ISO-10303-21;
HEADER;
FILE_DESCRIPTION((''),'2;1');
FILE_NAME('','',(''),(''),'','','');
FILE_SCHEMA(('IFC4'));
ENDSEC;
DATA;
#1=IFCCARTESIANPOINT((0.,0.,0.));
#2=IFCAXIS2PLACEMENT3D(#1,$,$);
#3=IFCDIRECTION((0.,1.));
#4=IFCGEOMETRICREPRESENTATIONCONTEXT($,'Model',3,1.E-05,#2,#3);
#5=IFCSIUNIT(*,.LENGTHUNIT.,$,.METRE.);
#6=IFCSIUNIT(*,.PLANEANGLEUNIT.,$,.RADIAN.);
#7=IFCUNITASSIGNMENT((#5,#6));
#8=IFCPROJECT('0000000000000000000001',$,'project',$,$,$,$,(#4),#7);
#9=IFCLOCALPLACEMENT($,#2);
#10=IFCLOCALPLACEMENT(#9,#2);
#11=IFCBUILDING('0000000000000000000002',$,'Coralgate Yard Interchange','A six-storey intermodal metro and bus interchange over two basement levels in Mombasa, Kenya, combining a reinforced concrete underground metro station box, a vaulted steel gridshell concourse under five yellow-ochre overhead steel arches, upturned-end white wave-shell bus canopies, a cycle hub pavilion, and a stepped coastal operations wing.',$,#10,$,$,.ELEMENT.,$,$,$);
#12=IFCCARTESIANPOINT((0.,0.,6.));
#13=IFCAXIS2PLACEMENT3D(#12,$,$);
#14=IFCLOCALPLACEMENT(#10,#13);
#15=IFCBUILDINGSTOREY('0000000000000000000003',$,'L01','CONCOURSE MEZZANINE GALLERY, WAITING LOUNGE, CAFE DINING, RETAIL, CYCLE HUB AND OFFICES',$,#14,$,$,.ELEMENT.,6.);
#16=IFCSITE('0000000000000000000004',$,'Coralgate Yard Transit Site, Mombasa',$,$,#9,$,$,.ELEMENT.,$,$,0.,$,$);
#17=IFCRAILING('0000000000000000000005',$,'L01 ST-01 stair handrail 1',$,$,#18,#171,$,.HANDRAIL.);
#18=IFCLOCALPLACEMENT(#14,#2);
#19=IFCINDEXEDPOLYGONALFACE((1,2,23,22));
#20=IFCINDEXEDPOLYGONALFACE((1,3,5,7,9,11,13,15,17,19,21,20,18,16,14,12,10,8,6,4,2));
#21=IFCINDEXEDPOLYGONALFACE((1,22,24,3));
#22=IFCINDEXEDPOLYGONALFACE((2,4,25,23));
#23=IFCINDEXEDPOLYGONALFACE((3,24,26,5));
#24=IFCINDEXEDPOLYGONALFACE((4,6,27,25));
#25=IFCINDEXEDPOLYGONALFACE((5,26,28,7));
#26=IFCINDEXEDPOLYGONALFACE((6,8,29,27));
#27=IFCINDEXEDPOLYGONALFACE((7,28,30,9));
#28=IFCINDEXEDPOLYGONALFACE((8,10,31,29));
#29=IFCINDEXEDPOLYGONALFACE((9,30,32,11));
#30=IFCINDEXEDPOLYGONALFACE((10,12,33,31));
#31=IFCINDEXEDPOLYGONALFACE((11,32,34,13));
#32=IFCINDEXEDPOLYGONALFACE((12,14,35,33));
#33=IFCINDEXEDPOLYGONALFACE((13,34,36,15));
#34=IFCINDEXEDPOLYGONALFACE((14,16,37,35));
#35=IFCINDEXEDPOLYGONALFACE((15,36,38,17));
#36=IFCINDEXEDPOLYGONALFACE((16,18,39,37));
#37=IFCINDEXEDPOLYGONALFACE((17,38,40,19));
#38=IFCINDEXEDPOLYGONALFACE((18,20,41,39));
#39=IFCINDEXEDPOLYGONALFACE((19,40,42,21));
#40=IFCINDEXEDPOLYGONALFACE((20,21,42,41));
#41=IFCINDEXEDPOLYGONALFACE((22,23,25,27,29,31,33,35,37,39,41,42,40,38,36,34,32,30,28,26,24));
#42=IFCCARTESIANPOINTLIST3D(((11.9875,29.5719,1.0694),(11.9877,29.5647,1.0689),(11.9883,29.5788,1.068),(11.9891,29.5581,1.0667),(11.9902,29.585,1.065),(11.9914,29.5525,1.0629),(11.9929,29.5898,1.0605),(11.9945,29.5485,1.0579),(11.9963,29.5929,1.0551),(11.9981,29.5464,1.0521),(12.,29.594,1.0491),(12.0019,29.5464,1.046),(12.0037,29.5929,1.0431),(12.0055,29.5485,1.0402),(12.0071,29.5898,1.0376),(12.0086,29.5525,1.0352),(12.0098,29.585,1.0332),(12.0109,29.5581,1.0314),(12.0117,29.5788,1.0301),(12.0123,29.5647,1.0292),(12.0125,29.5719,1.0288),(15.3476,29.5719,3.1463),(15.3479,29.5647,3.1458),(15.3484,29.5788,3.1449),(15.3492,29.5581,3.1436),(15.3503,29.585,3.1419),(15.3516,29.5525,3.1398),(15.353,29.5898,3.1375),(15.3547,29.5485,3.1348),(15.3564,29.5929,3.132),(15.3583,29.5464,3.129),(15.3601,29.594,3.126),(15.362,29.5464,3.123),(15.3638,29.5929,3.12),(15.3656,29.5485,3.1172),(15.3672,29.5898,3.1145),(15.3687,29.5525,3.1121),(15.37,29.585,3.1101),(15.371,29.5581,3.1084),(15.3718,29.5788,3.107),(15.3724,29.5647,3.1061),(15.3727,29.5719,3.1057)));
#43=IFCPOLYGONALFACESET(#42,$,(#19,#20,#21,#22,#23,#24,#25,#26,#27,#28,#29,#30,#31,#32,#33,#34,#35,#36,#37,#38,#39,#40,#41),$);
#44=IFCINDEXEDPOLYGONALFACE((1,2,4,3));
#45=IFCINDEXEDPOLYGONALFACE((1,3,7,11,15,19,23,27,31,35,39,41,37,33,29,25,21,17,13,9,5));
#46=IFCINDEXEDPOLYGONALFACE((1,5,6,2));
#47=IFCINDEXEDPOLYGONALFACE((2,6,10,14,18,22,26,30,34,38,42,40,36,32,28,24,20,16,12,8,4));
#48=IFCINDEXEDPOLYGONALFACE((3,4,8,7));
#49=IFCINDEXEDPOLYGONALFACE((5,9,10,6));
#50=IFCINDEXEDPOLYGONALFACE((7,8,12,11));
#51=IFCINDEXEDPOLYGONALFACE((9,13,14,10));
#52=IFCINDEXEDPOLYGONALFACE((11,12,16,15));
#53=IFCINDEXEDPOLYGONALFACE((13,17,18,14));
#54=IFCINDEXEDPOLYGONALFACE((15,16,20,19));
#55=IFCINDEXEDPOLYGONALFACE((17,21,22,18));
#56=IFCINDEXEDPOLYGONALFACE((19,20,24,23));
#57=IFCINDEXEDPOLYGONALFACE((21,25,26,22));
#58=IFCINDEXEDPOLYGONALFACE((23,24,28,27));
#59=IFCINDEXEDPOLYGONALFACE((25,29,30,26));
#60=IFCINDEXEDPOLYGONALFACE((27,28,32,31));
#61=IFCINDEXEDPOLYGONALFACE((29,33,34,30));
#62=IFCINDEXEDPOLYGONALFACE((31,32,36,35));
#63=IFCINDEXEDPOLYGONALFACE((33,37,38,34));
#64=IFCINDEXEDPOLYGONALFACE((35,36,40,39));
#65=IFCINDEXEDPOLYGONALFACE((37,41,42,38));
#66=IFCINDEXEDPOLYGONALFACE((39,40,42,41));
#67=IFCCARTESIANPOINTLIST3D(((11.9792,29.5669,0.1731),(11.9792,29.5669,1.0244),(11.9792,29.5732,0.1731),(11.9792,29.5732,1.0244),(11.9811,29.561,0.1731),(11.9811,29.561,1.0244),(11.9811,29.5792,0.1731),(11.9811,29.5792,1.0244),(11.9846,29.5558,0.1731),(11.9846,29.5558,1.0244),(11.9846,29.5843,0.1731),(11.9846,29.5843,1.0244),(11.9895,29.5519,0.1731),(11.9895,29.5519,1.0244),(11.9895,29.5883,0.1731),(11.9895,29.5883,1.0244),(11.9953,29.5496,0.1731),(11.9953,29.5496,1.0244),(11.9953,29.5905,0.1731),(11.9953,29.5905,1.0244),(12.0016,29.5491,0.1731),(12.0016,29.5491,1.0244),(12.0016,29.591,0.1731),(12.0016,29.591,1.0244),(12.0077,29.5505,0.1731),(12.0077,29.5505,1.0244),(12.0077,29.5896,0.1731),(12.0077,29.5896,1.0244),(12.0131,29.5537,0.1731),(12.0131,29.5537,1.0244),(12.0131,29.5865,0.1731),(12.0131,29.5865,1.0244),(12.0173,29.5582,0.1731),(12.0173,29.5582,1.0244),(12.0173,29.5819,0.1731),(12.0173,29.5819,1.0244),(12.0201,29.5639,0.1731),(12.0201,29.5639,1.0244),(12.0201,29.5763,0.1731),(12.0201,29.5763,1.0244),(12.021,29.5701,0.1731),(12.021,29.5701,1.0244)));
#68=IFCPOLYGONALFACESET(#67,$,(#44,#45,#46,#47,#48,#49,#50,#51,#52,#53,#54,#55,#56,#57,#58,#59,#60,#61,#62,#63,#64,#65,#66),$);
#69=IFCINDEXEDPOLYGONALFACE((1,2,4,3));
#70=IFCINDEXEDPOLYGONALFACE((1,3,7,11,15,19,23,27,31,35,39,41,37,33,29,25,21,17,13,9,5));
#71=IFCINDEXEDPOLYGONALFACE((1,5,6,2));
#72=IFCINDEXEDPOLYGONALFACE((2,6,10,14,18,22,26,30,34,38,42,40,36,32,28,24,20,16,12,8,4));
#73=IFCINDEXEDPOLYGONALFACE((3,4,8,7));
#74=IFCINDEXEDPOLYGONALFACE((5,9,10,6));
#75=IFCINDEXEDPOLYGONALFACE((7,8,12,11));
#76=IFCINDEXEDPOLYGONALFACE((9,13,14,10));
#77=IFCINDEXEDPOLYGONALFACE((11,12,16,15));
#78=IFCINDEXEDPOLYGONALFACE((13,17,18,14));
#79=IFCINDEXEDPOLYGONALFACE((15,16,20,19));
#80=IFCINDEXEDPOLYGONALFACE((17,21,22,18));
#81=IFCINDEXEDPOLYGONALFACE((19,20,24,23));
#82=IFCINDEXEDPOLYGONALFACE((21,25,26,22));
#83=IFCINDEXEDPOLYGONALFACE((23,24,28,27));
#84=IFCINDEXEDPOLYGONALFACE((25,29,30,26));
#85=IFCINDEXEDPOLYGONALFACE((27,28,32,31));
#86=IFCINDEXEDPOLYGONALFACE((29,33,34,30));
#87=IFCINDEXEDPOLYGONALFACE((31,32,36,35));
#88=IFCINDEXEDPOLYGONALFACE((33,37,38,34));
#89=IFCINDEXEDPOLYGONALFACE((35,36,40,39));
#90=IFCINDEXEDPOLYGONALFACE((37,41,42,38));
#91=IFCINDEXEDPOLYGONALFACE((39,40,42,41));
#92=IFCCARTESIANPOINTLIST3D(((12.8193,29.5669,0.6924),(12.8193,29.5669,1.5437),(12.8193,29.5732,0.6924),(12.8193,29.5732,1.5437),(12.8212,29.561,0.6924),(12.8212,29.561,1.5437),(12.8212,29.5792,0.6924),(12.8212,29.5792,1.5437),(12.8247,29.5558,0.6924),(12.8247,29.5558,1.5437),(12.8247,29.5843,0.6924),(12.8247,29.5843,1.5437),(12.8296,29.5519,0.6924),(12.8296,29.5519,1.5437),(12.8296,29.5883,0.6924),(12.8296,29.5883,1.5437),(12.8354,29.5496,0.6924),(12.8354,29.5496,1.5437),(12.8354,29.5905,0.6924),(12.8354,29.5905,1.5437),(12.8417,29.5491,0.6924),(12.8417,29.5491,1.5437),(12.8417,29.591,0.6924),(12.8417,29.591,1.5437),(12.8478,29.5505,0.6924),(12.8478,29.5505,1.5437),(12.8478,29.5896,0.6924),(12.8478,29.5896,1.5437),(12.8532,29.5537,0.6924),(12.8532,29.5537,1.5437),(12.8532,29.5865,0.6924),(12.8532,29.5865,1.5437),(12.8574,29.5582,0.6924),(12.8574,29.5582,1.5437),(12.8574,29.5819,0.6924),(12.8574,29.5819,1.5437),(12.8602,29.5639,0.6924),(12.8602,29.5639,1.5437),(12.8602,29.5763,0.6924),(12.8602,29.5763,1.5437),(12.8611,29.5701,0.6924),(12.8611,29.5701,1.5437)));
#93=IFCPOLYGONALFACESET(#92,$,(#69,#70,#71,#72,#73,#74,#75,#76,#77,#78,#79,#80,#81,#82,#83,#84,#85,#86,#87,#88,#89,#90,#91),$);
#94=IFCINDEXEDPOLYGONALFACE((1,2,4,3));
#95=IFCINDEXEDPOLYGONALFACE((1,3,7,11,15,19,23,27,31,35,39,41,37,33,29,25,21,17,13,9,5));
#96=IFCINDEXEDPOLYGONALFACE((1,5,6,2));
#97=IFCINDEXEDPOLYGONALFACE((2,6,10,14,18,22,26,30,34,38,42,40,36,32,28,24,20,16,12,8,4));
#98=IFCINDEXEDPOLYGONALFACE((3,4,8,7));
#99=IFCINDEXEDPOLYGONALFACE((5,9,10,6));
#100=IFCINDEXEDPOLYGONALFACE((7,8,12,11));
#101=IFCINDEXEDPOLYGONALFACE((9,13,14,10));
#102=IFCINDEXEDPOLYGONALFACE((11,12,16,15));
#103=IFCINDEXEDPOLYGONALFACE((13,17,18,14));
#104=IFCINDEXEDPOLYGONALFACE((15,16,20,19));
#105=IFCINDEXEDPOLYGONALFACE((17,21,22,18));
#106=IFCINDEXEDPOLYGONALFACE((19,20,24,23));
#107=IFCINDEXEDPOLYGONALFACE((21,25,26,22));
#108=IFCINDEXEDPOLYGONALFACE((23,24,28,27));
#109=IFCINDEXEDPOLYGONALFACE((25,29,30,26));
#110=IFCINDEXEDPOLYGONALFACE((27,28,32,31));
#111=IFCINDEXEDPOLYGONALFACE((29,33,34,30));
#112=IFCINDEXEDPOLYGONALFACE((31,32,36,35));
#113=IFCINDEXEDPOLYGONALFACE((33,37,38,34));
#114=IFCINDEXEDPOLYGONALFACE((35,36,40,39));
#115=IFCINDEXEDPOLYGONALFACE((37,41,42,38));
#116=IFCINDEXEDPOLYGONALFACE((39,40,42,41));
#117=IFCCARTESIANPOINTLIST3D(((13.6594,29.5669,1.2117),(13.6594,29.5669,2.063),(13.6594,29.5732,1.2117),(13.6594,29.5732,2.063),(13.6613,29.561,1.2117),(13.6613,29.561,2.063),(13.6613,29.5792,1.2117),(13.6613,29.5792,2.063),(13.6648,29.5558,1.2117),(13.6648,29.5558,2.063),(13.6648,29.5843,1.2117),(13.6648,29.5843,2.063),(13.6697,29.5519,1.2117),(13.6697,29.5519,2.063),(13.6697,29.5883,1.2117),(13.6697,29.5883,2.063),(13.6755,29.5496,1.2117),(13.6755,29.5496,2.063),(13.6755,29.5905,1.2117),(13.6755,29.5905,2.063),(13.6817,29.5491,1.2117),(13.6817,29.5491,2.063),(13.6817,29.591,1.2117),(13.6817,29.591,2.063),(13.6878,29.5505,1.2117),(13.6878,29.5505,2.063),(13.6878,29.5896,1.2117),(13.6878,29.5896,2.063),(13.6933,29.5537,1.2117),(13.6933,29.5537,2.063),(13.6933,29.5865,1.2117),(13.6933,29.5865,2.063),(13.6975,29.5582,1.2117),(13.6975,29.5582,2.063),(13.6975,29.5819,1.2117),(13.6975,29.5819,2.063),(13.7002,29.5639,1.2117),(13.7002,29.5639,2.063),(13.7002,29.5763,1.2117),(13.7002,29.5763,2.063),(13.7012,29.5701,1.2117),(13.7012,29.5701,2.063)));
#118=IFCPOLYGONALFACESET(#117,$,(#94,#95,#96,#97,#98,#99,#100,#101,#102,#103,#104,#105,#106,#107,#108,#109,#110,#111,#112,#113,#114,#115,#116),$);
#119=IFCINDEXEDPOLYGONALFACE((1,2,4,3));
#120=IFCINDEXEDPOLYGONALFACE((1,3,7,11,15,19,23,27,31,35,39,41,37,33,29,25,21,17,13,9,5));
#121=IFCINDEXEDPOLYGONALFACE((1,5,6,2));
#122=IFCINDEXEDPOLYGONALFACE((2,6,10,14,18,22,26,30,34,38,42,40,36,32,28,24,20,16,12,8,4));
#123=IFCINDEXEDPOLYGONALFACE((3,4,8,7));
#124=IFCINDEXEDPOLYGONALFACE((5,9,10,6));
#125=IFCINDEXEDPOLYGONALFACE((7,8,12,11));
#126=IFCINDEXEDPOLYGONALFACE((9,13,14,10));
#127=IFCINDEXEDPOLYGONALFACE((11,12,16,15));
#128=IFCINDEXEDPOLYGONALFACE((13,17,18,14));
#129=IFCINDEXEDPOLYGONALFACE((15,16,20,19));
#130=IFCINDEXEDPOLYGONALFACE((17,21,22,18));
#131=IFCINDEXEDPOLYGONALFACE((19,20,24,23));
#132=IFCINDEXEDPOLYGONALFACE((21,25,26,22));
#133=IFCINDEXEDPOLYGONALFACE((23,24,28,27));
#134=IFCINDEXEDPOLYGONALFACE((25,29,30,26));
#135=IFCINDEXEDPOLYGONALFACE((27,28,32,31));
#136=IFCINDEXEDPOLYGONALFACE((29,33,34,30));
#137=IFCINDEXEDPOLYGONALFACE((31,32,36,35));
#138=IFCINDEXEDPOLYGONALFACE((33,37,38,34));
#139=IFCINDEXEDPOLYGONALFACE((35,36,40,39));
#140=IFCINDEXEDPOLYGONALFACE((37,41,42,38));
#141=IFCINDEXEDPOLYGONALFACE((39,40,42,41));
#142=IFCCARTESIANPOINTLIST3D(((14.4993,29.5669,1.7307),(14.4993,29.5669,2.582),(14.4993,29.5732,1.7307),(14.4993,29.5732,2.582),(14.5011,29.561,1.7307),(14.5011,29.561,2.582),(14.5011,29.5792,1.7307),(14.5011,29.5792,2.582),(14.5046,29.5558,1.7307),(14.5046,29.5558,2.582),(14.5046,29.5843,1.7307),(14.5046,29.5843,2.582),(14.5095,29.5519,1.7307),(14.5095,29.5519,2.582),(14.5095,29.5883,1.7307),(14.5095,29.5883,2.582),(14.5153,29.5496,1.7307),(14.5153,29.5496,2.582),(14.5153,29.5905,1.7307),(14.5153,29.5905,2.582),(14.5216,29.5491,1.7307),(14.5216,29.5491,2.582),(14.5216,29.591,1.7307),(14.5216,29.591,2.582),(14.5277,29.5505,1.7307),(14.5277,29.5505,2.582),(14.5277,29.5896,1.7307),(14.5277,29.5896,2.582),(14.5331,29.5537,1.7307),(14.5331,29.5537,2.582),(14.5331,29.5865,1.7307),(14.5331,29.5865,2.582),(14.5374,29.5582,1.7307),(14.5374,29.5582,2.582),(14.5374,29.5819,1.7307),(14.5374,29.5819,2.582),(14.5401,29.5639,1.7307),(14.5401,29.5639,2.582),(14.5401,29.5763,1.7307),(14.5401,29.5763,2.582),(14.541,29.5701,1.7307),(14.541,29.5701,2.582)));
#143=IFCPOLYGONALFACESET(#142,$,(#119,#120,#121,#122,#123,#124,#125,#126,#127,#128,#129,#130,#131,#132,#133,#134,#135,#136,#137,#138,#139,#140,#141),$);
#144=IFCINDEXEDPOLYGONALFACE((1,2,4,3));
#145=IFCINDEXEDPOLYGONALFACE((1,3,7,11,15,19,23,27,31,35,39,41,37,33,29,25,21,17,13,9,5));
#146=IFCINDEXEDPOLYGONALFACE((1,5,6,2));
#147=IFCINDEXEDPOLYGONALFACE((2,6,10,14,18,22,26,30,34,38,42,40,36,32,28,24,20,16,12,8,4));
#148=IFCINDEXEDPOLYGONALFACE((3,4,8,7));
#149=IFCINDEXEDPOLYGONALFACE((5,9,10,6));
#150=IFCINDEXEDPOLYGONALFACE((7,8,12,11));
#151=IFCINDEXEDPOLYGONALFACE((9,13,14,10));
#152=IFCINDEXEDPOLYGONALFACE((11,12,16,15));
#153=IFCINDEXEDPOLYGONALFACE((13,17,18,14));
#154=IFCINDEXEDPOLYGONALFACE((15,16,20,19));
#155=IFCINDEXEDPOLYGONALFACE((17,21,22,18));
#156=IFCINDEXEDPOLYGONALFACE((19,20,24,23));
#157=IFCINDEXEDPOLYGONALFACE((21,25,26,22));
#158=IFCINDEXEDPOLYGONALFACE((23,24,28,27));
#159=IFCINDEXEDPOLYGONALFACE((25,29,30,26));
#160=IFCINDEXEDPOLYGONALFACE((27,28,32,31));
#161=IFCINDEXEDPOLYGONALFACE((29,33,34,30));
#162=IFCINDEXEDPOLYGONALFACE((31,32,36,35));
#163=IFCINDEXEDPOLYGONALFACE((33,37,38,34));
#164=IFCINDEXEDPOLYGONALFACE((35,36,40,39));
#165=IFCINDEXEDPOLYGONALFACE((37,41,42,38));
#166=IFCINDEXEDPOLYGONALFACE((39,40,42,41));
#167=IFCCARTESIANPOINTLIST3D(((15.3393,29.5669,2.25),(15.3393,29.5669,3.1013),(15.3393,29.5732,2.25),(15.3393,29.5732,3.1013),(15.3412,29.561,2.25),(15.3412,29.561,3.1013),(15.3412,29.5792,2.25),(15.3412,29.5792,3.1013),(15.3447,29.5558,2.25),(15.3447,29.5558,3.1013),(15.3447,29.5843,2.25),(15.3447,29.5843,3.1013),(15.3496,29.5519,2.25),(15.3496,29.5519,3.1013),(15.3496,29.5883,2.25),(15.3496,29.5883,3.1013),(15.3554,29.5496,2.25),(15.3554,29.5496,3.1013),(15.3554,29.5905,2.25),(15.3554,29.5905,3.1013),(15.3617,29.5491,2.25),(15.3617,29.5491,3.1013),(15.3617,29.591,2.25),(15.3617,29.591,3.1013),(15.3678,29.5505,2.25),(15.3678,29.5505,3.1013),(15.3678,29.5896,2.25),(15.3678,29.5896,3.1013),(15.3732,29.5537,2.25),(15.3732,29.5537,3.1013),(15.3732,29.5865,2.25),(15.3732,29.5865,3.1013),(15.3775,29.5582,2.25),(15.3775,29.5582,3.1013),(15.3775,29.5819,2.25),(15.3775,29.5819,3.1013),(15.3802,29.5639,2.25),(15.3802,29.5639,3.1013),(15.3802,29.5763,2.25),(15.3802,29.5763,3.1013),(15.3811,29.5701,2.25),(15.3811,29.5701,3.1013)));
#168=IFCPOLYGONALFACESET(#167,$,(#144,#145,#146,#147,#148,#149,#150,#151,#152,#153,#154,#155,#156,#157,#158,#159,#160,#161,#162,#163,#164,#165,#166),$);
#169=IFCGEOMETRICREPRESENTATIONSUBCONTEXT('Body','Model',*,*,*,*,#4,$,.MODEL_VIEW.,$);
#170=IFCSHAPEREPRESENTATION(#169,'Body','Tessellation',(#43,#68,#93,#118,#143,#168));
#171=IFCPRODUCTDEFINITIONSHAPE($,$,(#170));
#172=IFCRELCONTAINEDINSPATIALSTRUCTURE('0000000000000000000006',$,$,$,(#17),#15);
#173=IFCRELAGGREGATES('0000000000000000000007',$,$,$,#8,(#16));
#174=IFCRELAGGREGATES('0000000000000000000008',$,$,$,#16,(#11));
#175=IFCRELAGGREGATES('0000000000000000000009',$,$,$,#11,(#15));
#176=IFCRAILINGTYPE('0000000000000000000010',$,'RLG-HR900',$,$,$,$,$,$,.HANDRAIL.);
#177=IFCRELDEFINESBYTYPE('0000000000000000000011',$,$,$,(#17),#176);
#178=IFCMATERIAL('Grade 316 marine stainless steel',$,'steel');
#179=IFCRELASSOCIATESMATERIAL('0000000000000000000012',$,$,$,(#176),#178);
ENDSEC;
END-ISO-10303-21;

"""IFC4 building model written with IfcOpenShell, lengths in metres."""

from ifc_helpers import new_model, si_unit, direction, frame, origin, origin_2d, place, context, subcontext, project, spatial, circle, extrude, material, type_object, element, save


model = new_model("IFC4")

# Units and contexts
model_context = context("Model", 3, precision=1e-05, world=origin(), true_north=direction((0.0, 1.0)))
body_context = subcontext(model_context, "Body", "Model", "MODEL_VIEW")
ifc_project = project(units=[si_unit("LENGTHUNIT", "METRE"), si_unit("PLANEANGLEUNIT", "RADIAN")], contexts=[model_context])

# Site, building, storey
site_placement = place(None, origin())
site = spatial("IfcSite", under=ifc_project, at=site_placement, Name="Coralgate Yard Transit Site, Mombasa", CompositionType="ELEMENT", RefElevation=0.0)
building_placement = place(site_placement, origin())
building = spatial("IfcBuilding", under=site, at=building_placement, Name="Coralgate Yard Interchange", Description="A six-storey intermodal metro and bus interchange over two basement levels in Mombasa, Kenya, combining a reinforced concrete underground metro station box, a vaulted steel gridshell concourse under five yellow-ochre overhead steel arches, upturned-end white wave-shell bus canopies, a cycle hub pavilion, and a stepped coastal operations wing.", CompositionType="ELEMENT")
storey_placement = place(building_placement, frame((0.0, 0.0, 6.0)))
storey = spatial("IfcBuildingStorey", under=building, at=storey_placement, Name="L01", Description="CONCOURSE MEZZANINE GALLERY, WAITING LOUNGE, CAFE DINING, RETAIL, CYCLE HUB AND OFFICES", CompositionType="ELEMENT", Elevation=6.0)

# Railing
ifc_material_1 = material(Name="Grade 316 marine stainless steel", Category="steel")
railing_type_1 = type_object("IfcRailingType", Name="RLG-HR900", PredefinedType="HANDRAIL", material=ifc_material_1)
railing_1_placement = place(storey_placement, frame((12.0, 29.5701, 0.1731)))
element("IfcRailing", 1, at=railing_1_placement, inside=storey, type_object=railing_type_1, Name="L01 ST-01 stair handrail 1", PredefinedType="HANDRAIL", context=body_context, shape_type="SweptSolid", body=[
    extrude(circle(Radius=0.0239, at=origin_2d()), frame((0.0, 0.0, 0.876), z_axis=(0.850623, 0.0, 0.525776), x_axis=(0.0, 1.0, 0.0)), (0.0, 0.0, 1.0), 3.9502),
    extrude(circle(Radius=0.021, at=origin_2d()), origin(), (0.0, 0.0, 1.0), 0.8513),
    extrude(circle(Radius=0.021, at=origin_2d()), frame((0.8401, 0.0, 0.5193)), (0.0, 0.0, 1.0), 0.8513),
    extrude(circle(Radius=0.021, at=origin_2d()), frame((1.6802, 0.0, 1.0386)), (0.0, 0.0, 1.0), 0.8513),
    extrude(circle(Radius=0.021, at=origin_2d()), frame((2.52, 0.0, 1.5576)), (0.0, 0.0, 1.0), 0.8513),
    extrude(circle(Radius=0.021, at=origin_2d()), frame((3.3601, 0.0, 2.0769)), (0.0, 0.0, 1.0), 0.8513),
])

save(model, "model.ifc")
